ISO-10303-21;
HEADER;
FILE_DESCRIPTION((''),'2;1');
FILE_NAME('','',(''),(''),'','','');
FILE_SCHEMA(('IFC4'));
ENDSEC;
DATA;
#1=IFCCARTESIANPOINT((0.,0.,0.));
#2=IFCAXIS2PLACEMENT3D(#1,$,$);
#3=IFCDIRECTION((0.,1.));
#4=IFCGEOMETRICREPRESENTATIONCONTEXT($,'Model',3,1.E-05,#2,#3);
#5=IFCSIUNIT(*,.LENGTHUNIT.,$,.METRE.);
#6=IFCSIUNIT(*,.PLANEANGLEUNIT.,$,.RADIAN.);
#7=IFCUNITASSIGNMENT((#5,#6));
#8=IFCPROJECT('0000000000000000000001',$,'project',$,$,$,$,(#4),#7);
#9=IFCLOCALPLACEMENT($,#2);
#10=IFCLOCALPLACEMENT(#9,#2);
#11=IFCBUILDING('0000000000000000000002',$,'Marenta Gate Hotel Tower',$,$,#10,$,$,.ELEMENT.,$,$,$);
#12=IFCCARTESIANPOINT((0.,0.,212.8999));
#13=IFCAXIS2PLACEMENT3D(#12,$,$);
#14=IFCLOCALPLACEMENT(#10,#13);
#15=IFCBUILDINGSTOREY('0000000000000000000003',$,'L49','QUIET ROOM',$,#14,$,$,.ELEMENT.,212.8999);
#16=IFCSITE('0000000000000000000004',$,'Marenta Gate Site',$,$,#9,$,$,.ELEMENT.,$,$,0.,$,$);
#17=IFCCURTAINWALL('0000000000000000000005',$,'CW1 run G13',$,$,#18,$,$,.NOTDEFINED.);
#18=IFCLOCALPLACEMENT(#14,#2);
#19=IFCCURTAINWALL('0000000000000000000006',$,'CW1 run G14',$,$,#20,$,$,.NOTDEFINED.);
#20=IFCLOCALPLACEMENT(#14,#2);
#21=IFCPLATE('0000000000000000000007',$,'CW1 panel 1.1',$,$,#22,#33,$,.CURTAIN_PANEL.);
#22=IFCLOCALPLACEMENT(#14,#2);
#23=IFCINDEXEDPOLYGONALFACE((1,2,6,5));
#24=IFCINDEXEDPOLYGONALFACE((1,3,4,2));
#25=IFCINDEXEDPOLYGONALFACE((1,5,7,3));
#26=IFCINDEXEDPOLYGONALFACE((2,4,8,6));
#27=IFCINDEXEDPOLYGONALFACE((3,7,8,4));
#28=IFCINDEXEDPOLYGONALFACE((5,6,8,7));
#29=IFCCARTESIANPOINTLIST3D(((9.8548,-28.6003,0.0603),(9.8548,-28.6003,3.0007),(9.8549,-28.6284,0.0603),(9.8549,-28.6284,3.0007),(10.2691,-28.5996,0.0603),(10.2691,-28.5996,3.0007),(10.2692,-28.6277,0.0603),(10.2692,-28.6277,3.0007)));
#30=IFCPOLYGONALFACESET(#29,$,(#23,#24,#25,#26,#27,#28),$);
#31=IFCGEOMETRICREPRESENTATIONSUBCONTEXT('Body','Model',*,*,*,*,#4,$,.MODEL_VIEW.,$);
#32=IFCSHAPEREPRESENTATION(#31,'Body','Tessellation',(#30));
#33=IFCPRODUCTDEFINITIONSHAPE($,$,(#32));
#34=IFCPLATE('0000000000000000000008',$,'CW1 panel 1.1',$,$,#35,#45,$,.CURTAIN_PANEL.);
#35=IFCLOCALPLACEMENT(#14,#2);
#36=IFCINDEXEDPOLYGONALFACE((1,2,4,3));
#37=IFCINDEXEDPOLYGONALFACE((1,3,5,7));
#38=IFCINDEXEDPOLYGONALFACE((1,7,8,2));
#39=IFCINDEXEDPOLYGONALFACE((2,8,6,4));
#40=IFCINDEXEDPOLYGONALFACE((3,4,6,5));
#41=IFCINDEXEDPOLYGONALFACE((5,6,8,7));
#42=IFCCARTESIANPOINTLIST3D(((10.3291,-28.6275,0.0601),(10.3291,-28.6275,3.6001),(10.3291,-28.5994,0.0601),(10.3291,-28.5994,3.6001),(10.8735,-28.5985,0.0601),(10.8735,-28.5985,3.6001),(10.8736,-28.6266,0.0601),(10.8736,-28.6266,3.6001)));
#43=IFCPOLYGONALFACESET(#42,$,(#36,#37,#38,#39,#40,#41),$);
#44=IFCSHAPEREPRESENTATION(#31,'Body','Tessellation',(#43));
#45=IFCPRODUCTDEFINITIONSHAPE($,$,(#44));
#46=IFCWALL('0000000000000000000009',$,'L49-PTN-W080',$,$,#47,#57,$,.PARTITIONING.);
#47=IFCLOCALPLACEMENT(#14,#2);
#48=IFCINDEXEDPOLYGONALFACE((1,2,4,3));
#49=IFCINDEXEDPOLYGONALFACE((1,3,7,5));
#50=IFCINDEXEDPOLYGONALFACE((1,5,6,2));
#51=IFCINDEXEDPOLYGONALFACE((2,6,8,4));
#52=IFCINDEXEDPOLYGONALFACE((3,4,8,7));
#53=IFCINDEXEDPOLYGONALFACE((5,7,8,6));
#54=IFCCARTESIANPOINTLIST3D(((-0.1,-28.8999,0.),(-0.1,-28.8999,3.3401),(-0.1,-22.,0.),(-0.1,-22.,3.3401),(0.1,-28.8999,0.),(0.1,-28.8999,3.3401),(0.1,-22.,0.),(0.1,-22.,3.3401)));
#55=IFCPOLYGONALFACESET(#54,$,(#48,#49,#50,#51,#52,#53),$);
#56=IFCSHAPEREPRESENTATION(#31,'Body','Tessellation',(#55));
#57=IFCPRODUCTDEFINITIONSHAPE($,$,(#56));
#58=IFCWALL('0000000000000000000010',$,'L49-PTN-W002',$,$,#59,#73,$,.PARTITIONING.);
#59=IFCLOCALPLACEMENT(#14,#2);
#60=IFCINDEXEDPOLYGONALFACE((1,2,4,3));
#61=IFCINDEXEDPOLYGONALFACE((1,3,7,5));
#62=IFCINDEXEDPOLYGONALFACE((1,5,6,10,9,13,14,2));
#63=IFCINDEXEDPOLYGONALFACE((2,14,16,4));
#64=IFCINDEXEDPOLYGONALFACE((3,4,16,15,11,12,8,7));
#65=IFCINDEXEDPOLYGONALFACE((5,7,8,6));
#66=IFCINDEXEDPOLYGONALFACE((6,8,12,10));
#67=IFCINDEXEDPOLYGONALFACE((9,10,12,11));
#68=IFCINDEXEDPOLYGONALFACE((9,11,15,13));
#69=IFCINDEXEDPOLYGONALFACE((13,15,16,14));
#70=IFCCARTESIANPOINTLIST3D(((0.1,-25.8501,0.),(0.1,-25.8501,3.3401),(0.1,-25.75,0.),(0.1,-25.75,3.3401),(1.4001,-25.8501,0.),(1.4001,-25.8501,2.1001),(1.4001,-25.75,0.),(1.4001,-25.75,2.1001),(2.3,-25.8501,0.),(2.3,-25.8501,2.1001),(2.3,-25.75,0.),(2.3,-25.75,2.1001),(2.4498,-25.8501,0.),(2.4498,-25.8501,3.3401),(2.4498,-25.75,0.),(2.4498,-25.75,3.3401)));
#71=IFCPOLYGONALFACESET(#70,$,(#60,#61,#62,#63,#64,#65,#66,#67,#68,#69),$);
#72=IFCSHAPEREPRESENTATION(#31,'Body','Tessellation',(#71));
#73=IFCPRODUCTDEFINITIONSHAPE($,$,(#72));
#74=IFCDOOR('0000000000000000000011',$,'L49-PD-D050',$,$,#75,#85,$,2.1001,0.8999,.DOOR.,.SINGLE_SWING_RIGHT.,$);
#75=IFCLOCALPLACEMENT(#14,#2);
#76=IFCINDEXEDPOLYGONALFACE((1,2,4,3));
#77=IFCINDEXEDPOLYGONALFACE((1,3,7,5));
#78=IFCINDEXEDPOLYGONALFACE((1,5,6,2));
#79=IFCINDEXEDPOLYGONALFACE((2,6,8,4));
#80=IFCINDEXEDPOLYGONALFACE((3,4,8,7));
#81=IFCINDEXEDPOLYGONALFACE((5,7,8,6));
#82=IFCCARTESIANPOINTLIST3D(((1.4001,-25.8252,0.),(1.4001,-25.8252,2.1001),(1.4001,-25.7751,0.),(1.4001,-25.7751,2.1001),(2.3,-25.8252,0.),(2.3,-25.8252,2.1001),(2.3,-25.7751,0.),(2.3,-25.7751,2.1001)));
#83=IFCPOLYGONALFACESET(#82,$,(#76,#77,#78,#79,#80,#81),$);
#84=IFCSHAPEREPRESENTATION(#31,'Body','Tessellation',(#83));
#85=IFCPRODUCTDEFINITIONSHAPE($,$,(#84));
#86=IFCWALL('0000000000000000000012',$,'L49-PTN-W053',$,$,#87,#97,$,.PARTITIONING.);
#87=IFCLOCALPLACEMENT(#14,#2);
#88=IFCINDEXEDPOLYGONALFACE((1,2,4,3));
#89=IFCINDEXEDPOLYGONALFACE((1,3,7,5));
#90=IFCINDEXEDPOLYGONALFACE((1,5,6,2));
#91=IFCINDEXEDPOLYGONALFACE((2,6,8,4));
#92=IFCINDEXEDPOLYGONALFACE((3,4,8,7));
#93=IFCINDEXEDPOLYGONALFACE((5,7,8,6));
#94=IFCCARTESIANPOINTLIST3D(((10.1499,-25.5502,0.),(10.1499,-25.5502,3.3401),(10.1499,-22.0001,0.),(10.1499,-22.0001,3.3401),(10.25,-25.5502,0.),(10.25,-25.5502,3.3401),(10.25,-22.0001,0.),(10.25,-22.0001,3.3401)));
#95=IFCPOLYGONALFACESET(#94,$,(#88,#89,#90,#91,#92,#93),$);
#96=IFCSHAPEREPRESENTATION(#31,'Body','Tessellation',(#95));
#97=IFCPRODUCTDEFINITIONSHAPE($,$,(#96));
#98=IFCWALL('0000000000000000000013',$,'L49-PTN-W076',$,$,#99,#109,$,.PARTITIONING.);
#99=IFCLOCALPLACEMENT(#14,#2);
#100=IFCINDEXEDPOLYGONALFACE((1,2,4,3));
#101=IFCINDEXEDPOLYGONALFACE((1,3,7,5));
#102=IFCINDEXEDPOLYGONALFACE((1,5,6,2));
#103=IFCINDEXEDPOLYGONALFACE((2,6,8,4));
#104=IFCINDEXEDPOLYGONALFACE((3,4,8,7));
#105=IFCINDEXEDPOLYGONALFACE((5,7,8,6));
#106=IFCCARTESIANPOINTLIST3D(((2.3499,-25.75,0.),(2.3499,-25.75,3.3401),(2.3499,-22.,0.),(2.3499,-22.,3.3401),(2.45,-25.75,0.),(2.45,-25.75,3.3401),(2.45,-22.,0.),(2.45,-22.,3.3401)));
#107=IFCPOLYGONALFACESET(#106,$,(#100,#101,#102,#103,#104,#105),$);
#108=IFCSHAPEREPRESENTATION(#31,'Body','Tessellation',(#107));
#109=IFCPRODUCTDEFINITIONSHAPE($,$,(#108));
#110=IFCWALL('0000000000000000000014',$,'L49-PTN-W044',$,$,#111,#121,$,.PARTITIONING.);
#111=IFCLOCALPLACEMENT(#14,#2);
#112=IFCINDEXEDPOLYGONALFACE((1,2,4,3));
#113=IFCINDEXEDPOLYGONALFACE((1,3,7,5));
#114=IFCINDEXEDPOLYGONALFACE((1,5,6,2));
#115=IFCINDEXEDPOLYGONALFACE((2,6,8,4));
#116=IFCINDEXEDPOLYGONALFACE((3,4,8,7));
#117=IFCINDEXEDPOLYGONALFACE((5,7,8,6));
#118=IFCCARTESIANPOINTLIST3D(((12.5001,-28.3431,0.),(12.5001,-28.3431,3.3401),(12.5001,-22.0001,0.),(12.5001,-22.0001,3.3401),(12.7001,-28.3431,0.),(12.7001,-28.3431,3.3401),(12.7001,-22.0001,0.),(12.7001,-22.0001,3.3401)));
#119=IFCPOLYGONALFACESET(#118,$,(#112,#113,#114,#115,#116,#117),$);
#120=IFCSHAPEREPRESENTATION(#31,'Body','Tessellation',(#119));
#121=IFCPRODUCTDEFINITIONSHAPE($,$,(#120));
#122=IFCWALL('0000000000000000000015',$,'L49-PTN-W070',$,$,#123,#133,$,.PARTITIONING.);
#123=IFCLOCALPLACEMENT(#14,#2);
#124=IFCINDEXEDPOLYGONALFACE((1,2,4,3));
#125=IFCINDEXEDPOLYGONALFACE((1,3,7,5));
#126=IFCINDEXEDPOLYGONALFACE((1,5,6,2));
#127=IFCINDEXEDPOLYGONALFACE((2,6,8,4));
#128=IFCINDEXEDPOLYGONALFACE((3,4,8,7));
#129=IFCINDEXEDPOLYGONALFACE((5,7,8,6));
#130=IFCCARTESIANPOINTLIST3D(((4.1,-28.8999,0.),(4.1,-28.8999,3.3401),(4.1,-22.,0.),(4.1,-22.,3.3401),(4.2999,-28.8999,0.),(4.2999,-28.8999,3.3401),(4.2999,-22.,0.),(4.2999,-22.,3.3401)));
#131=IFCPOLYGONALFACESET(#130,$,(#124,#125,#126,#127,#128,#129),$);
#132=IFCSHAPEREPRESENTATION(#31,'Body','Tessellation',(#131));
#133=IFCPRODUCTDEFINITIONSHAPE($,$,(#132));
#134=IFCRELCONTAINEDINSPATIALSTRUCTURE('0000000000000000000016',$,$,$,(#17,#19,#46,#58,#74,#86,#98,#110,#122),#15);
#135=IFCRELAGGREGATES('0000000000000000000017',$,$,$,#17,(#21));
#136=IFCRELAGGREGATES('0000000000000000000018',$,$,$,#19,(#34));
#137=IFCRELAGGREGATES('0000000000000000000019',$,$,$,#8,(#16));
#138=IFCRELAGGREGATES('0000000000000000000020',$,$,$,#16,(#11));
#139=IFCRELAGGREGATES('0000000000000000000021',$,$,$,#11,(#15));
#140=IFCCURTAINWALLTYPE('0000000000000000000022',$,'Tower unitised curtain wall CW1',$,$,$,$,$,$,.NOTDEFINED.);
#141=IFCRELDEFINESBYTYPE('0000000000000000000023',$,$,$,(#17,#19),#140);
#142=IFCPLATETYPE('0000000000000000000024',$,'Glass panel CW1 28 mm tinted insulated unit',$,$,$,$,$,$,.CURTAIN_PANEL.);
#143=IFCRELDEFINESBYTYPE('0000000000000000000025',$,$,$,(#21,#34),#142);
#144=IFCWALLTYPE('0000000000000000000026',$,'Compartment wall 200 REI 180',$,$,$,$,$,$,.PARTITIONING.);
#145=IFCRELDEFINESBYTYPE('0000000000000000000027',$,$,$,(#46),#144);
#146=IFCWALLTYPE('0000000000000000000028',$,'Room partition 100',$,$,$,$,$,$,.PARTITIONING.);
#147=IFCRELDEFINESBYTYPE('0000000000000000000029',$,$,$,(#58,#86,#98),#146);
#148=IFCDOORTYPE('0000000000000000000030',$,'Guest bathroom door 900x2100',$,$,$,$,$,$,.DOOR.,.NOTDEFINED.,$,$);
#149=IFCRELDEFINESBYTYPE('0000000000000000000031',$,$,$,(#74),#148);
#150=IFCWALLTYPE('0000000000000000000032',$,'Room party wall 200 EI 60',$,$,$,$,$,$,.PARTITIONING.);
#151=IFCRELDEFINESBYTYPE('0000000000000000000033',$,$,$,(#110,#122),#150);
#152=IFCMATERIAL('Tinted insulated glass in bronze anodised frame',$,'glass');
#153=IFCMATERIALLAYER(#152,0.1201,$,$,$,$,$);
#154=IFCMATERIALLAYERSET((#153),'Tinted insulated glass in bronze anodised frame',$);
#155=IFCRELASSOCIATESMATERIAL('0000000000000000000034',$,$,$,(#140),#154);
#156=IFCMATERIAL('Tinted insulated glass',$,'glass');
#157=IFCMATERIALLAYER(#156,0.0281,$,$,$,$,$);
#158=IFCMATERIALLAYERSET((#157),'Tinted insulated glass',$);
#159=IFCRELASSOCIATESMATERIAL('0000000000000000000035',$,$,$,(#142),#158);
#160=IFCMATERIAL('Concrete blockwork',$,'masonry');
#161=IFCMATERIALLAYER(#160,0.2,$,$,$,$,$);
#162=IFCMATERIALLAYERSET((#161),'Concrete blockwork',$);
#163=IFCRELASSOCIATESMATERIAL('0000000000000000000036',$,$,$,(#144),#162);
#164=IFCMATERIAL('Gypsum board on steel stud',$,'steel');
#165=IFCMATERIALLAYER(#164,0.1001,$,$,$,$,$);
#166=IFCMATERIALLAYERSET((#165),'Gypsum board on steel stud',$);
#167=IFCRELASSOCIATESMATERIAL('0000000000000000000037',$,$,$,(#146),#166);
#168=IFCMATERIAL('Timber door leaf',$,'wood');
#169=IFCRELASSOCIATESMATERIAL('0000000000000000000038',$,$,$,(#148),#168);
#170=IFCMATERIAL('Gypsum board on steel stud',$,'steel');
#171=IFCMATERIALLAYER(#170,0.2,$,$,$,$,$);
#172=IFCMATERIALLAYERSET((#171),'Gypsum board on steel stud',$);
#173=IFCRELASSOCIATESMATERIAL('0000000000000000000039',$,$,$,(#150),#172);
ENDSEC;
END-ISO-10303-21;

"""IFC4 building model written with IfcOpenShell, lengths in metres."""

from ifc_helpers import new_model, si_unit, direction, frame, frame_2d, origin, origin_2d, place, context, subcontext, project, spatial, rectangle, extrude, material, layer, layer_set, type_object, element, fill, aggregate, save


model = new_model("IFC4")

# Units and contexts
model_context = context("Model", 3, precision=1e-05, world=origin(), true_north=direction((0.0, 1.0)))
body_context = subcontext(model_context, "Body", "Model", "MODEL_VIEW")
ifc_project = project(units=[si_unit("LENGTHUNIT", "METRE"), si_unit("PLANEANGLEUNIT", "RADIAN")], contexts=[model_context])

# Site, building, storey
site_placement = place(None, origin())
site = spatial("IfcSite", under=ifc_project, at=site_placement, Name="Marenta Gate Site", CompositionType="ELEMENT", RefElevation=0.0)
building_placement = place(site_placement, origin())
building = spatial("IfcBuilding", under=site, at=building_placement, Name="Marenta Gate Hotel Tower", CompositionType="ELEMENT")
storey_placement = place(building_placement, frame((0.0, 0.0, 212.8999)))
storey = spatial("IfcBuildingStorey", under=building, at=storey_placement, Name="L49", Description="QUIET ROOM", CompositionType="ELEMENT", Elevation=212.8999)

# Curtain walls
ifc_material_1 = material(Name="Tinted insulated glass in bronze anodised frame", Category="glass")
ifc_layer_1 = layer(ifc_material_1, 0.1201)
ifc_layer_set_1 = layer_set([ifc_layer_1], Name="Tinted insulated glass in bronze anodised frame")
curtain_wall_type = type_object("IfcCurtainWallType", Name="Tower unitised curtain wall CW1", PredefinedType="NOTDEFINED", material=ifc_layer_set_1)
curtain_wall_1_placement = place(storey_placement, origin())
curtain_wall_1 = element("IfcCurtainWall", 1, at=curtain_wall_1_placement, inside=storey, type_object=curtain_wall_type, Name="CW1 run G13", PredefinedType="NOTDEFINED")
curtain_wall_2_placement = place(storey_placement, origin())
curtain_wall_2 = element("IfcCurtainWall", 2, at=curtain_wall_2_placement, inside=storey, type_object=curtain_wall_type, Name="CW1 run G14", PredefinedType="NOTDEFINED")

# Plates
ifc_material_2 = material(Name="Tinted insulated glass", Category="glass")
ifc_layer_2 = layer(ifc_material_2, 0.0281)
ifc_layer_set_2 = layer_set([ifc_layer_2], Name="Tinted insulated glass")
plate_type = type_object("IfcPlateType", Name="Glass panel CW1 28 mm tinted insulated unit", PredefinedType="CURTAIN_PANEL", material=ifc_layer_set_2)
plate_1_placement = place(storey_placement, frame((10.062, -28.614, 0.0603), z_axis=(0.0, 0.0, 1.0), x_axis=(0.999999, 0.001687, 0.0)))
plate_1 = element("IfcPlate", 3, at=plate_1_placement, type_object=plate_type, Name="CW1 panel 1.1", PredefinedType="CURTAIN_PANEL", context=body_context, shape_type="SweptSolid", body=[
    extrude(rectangle(XDim=0.4143, YDim=0.0281, at=origin_2d()), origin(), (0.0, 0.0, 1.0), 2.9404),
])
aggregate(curtain_wall_1, [plate_1])
plate_2_placement = place(storey_placement, frame((10.6013, -28.613, 0.0601), z_axis=(0.0, 0.0, 1.0), x_axis=(0.999999, 0.001654, 0.0)))
plate_2 = element("IfcPlate", 4, at=plate_2_placement, type_object=plate_type, Name="CW1 panel 1.1", PredefinedType="CURTAIN_PANEL", context=body_context, shape_type="SweptSolid", body=[
    extrude(rectangle(XDim=0.5444, YDim=0.0281, at=origin_2d()), origin(), (0.0, 0.0, 1.0), 3.54),
])
aggregate(curtain_wall_2, [plate_2])

# Wall
ifc_material_3 = material(Name="Concrete blockwork", Category="masonry")
ifc_layer_3 = layer(ifc_material_3, 0.2)
ifc_layer_set_3 = layer_set([ifc_layer_3], Name="Concrete blockwork")
wall_type_1 = type_object("IfcWallType", Name="Compartment wall 200 REI 180", PredefinedType="PARTITIONING", material=ifc_layer_set_3)
wall_1_placement = place(storey_placement, frame((0.0, -28.8999, 0.0), z_axis=(0.0, 0.0, 1.0), x_axis=(0.0, 1.0, 0.0)))
element("IfcWall", 5, at=wall_1_placement, inside=storey, type_object=wall_type_1, Name="L49-PTN-W080", PredefinedType="PARTITIONING", context=body_context, shape_type="SweptSolid", body=[
    extrude(rectangle(XDim=6.8999, YDim=0.2, at=frame_2d((3.45, 0.0))), origin(), (0.0, 0.0, 1.0), 3.3401),
])

# Wall, opening, door
ifc_material_4 = material(Name="Gypsum board on steel stud", Category="steel")
ifc_layer_4 = layer(ifc_material_4, 0.1001)
ifc_layer_set_4 = layer_set([ifc_layer_4], Name="Gypsum board on steel stud")
wall_type_2 = type_object("IfcWallType", Name="Room partition 100", PredefinedType="PARTITIONING", material=ifc_layer_set_4)
wall_2_placement = place(storey_placement, frame((0.1001, -25.8, 0.0), z_axis=(0.0, 0.0, 1.0), x_axis=(1.0, 0.0, 0.0)))
wall_2 = element("IfcWall", 6, at=wall_2_placement, inside=storey, type_object=wall_type_2, Name="L49-PTN-W002", PredefinedType="PARTITIONING", context=body_context, shape_type="SweptSolid", body=[
    extrude(rectangle(XDim=2.3499, YDim=0.1001, at=frame_2d((1.1748, 0.0))), origin(), (0.0, 0.0, 1.0), 3.3401),
])
opening_placement = place(wall_2_placement, frame((1.3, 0.0, 0.0)))
opening = element("IfcOpeningElement", 7, at=opening_placement, cuts=wall_2, PredefinedType="OPENING", context=body_context, shape_type="SweptSolid", body=[
    extrude(rectangle(XDim=0.8999, YDim=2.1001, at=frame_2d((0.45, 1.05))), frame((0.0, 0.05, 0.0), z_axis=(0.0, -1.0, 0.0), x_axis=(1.0, 0.0, 0.0)), (0.0, 0.0, 1.0), 0.1001),
])
ifc_material_5 = material(Name="Timber door leaf", Category="wood")
door_type = type_object("IfcDoorType", Name="Guest bathroom door 900x2100", OperationType="NOTDEFINED", PredefinedType="DOOR", material=ifc_material_5)
door_placement = place(opening_placement, origin())
door = element("IfcDoor", 8, at=door_placement, inside=storey, type_object=door_type, Name="L49-PD-D050", OperationType="SINGLE_SWING_RIGHT", OverallHeight=2.1001, OverallWidth=0.8999, PredefinedType="DOOR", context=body_context, shape_type="SweptSolid", body=[
    extrude(rectangle(XDim=0.8999, YDim=2.1001, at=frame_2d((0.45, 1.05))), frame((0.0, 0.0249, 0.0), z_axis=(0.0, -1.0, 0.0), x_axis=(1.0, 0.0, 0.0)), (0.0, 0.0, 1.0), 0.05),
])
fill(opening, door)

# Walls
wall_3_placement = place(storey_placement, frame((10.2, -25.55, 0.0), z_axis=(0.0, 0.0, 1.0), x_axis=(0.0, 1.0, 0.0)))
element("IfcWall", 9, at=wall_3_placement, inside=storey, type_object=wall_type_2, Name="L49-PTN-W053", PredefinedType="PARTITIONING", context=body_context, shape_type="SweptSolid", body=[
    extrude(rectangle(XDim=3.55, YDim=0.1001, at=frame_2d((1.7749, 0.0))), origin(), (0.0, 0.0, 1.0), 3.3401),
])
wall_4_placement = place(storey_placement, frame((2.3999, -25.75, 0.0), z_axis=(0.0, 0.0, 1.0), x_axis=(0.0, 1.0, 0.0)))
element("IfcWall", 10, at=wall_4_placement, inside=storey, type_object=wall_type_2, Name="L49-PTN-W076", PredefinedType="PARTITIONING", context=body_context, shape_type="SweptSolid", body=[
    extrude(rectangle(XDim=3.75, YDim=0.1001, at=frame_2d((1.875, 0.0))), origin(), (0.0, 0.0, 1.0), 3.3401),
])
ifc_material_6 = material(Name="Gypsum board on steel stud", Category="steel")
ifc_layer_5 = layer(ifc_material_6, 0.2)
ifc_layer_set_5 = layer_set([ifc_layer_5], Name="Gypsum board on steel stud")
wall_type_3 = type_object("IfcWallType", Name="Room party wall 200 EI 60", PredefinedType="PARTITIONING", material=ifc_layer_set_5)
wall_5_placement = place(storey_placement, frame((12.6001, -28.343, 0.0), z_axis=(0.0, 0.0, 1.0), x_axis=(0.0, 1.0, 0.0)))
element("IfcWall", 11, at=wall_5_placement, inside=storey, type_object=wall_type_3, Name="L49-PTN-W044", PredefinedType="PARTITIONING", context=body_context, shape_type="SweptSolid", body=[
    extrude(rectangle(XDim=6.343, YDim=0.2, at=frame_2d((3.1714, 0.0))), origin(), (0.0, 0.0, 1.0), 3.3401),
])
wall_6_placement = place(storey_placement, frame((4.2, -28.8999, 0.0), z_axis=(0.0, 0.0, 1.0), x_axis=(0.0, 1.0, 0.0)))
element("IfcWall", 12, at=wall_6_placement, inside=storey, type_object=wall_type_3, Name="L49-PTN-W070", PredefinedType="PARTITIONING", context=body_context, shape_type="SweptSolid", body=[
    extrude(rectangle(XDim=6.8999, YDim=0.2, at=frame_2d((3.45, 0.0))), origin(), (0.0, 0.0, 1.0), 3.3401),
])

save(model, "model.ifc")
